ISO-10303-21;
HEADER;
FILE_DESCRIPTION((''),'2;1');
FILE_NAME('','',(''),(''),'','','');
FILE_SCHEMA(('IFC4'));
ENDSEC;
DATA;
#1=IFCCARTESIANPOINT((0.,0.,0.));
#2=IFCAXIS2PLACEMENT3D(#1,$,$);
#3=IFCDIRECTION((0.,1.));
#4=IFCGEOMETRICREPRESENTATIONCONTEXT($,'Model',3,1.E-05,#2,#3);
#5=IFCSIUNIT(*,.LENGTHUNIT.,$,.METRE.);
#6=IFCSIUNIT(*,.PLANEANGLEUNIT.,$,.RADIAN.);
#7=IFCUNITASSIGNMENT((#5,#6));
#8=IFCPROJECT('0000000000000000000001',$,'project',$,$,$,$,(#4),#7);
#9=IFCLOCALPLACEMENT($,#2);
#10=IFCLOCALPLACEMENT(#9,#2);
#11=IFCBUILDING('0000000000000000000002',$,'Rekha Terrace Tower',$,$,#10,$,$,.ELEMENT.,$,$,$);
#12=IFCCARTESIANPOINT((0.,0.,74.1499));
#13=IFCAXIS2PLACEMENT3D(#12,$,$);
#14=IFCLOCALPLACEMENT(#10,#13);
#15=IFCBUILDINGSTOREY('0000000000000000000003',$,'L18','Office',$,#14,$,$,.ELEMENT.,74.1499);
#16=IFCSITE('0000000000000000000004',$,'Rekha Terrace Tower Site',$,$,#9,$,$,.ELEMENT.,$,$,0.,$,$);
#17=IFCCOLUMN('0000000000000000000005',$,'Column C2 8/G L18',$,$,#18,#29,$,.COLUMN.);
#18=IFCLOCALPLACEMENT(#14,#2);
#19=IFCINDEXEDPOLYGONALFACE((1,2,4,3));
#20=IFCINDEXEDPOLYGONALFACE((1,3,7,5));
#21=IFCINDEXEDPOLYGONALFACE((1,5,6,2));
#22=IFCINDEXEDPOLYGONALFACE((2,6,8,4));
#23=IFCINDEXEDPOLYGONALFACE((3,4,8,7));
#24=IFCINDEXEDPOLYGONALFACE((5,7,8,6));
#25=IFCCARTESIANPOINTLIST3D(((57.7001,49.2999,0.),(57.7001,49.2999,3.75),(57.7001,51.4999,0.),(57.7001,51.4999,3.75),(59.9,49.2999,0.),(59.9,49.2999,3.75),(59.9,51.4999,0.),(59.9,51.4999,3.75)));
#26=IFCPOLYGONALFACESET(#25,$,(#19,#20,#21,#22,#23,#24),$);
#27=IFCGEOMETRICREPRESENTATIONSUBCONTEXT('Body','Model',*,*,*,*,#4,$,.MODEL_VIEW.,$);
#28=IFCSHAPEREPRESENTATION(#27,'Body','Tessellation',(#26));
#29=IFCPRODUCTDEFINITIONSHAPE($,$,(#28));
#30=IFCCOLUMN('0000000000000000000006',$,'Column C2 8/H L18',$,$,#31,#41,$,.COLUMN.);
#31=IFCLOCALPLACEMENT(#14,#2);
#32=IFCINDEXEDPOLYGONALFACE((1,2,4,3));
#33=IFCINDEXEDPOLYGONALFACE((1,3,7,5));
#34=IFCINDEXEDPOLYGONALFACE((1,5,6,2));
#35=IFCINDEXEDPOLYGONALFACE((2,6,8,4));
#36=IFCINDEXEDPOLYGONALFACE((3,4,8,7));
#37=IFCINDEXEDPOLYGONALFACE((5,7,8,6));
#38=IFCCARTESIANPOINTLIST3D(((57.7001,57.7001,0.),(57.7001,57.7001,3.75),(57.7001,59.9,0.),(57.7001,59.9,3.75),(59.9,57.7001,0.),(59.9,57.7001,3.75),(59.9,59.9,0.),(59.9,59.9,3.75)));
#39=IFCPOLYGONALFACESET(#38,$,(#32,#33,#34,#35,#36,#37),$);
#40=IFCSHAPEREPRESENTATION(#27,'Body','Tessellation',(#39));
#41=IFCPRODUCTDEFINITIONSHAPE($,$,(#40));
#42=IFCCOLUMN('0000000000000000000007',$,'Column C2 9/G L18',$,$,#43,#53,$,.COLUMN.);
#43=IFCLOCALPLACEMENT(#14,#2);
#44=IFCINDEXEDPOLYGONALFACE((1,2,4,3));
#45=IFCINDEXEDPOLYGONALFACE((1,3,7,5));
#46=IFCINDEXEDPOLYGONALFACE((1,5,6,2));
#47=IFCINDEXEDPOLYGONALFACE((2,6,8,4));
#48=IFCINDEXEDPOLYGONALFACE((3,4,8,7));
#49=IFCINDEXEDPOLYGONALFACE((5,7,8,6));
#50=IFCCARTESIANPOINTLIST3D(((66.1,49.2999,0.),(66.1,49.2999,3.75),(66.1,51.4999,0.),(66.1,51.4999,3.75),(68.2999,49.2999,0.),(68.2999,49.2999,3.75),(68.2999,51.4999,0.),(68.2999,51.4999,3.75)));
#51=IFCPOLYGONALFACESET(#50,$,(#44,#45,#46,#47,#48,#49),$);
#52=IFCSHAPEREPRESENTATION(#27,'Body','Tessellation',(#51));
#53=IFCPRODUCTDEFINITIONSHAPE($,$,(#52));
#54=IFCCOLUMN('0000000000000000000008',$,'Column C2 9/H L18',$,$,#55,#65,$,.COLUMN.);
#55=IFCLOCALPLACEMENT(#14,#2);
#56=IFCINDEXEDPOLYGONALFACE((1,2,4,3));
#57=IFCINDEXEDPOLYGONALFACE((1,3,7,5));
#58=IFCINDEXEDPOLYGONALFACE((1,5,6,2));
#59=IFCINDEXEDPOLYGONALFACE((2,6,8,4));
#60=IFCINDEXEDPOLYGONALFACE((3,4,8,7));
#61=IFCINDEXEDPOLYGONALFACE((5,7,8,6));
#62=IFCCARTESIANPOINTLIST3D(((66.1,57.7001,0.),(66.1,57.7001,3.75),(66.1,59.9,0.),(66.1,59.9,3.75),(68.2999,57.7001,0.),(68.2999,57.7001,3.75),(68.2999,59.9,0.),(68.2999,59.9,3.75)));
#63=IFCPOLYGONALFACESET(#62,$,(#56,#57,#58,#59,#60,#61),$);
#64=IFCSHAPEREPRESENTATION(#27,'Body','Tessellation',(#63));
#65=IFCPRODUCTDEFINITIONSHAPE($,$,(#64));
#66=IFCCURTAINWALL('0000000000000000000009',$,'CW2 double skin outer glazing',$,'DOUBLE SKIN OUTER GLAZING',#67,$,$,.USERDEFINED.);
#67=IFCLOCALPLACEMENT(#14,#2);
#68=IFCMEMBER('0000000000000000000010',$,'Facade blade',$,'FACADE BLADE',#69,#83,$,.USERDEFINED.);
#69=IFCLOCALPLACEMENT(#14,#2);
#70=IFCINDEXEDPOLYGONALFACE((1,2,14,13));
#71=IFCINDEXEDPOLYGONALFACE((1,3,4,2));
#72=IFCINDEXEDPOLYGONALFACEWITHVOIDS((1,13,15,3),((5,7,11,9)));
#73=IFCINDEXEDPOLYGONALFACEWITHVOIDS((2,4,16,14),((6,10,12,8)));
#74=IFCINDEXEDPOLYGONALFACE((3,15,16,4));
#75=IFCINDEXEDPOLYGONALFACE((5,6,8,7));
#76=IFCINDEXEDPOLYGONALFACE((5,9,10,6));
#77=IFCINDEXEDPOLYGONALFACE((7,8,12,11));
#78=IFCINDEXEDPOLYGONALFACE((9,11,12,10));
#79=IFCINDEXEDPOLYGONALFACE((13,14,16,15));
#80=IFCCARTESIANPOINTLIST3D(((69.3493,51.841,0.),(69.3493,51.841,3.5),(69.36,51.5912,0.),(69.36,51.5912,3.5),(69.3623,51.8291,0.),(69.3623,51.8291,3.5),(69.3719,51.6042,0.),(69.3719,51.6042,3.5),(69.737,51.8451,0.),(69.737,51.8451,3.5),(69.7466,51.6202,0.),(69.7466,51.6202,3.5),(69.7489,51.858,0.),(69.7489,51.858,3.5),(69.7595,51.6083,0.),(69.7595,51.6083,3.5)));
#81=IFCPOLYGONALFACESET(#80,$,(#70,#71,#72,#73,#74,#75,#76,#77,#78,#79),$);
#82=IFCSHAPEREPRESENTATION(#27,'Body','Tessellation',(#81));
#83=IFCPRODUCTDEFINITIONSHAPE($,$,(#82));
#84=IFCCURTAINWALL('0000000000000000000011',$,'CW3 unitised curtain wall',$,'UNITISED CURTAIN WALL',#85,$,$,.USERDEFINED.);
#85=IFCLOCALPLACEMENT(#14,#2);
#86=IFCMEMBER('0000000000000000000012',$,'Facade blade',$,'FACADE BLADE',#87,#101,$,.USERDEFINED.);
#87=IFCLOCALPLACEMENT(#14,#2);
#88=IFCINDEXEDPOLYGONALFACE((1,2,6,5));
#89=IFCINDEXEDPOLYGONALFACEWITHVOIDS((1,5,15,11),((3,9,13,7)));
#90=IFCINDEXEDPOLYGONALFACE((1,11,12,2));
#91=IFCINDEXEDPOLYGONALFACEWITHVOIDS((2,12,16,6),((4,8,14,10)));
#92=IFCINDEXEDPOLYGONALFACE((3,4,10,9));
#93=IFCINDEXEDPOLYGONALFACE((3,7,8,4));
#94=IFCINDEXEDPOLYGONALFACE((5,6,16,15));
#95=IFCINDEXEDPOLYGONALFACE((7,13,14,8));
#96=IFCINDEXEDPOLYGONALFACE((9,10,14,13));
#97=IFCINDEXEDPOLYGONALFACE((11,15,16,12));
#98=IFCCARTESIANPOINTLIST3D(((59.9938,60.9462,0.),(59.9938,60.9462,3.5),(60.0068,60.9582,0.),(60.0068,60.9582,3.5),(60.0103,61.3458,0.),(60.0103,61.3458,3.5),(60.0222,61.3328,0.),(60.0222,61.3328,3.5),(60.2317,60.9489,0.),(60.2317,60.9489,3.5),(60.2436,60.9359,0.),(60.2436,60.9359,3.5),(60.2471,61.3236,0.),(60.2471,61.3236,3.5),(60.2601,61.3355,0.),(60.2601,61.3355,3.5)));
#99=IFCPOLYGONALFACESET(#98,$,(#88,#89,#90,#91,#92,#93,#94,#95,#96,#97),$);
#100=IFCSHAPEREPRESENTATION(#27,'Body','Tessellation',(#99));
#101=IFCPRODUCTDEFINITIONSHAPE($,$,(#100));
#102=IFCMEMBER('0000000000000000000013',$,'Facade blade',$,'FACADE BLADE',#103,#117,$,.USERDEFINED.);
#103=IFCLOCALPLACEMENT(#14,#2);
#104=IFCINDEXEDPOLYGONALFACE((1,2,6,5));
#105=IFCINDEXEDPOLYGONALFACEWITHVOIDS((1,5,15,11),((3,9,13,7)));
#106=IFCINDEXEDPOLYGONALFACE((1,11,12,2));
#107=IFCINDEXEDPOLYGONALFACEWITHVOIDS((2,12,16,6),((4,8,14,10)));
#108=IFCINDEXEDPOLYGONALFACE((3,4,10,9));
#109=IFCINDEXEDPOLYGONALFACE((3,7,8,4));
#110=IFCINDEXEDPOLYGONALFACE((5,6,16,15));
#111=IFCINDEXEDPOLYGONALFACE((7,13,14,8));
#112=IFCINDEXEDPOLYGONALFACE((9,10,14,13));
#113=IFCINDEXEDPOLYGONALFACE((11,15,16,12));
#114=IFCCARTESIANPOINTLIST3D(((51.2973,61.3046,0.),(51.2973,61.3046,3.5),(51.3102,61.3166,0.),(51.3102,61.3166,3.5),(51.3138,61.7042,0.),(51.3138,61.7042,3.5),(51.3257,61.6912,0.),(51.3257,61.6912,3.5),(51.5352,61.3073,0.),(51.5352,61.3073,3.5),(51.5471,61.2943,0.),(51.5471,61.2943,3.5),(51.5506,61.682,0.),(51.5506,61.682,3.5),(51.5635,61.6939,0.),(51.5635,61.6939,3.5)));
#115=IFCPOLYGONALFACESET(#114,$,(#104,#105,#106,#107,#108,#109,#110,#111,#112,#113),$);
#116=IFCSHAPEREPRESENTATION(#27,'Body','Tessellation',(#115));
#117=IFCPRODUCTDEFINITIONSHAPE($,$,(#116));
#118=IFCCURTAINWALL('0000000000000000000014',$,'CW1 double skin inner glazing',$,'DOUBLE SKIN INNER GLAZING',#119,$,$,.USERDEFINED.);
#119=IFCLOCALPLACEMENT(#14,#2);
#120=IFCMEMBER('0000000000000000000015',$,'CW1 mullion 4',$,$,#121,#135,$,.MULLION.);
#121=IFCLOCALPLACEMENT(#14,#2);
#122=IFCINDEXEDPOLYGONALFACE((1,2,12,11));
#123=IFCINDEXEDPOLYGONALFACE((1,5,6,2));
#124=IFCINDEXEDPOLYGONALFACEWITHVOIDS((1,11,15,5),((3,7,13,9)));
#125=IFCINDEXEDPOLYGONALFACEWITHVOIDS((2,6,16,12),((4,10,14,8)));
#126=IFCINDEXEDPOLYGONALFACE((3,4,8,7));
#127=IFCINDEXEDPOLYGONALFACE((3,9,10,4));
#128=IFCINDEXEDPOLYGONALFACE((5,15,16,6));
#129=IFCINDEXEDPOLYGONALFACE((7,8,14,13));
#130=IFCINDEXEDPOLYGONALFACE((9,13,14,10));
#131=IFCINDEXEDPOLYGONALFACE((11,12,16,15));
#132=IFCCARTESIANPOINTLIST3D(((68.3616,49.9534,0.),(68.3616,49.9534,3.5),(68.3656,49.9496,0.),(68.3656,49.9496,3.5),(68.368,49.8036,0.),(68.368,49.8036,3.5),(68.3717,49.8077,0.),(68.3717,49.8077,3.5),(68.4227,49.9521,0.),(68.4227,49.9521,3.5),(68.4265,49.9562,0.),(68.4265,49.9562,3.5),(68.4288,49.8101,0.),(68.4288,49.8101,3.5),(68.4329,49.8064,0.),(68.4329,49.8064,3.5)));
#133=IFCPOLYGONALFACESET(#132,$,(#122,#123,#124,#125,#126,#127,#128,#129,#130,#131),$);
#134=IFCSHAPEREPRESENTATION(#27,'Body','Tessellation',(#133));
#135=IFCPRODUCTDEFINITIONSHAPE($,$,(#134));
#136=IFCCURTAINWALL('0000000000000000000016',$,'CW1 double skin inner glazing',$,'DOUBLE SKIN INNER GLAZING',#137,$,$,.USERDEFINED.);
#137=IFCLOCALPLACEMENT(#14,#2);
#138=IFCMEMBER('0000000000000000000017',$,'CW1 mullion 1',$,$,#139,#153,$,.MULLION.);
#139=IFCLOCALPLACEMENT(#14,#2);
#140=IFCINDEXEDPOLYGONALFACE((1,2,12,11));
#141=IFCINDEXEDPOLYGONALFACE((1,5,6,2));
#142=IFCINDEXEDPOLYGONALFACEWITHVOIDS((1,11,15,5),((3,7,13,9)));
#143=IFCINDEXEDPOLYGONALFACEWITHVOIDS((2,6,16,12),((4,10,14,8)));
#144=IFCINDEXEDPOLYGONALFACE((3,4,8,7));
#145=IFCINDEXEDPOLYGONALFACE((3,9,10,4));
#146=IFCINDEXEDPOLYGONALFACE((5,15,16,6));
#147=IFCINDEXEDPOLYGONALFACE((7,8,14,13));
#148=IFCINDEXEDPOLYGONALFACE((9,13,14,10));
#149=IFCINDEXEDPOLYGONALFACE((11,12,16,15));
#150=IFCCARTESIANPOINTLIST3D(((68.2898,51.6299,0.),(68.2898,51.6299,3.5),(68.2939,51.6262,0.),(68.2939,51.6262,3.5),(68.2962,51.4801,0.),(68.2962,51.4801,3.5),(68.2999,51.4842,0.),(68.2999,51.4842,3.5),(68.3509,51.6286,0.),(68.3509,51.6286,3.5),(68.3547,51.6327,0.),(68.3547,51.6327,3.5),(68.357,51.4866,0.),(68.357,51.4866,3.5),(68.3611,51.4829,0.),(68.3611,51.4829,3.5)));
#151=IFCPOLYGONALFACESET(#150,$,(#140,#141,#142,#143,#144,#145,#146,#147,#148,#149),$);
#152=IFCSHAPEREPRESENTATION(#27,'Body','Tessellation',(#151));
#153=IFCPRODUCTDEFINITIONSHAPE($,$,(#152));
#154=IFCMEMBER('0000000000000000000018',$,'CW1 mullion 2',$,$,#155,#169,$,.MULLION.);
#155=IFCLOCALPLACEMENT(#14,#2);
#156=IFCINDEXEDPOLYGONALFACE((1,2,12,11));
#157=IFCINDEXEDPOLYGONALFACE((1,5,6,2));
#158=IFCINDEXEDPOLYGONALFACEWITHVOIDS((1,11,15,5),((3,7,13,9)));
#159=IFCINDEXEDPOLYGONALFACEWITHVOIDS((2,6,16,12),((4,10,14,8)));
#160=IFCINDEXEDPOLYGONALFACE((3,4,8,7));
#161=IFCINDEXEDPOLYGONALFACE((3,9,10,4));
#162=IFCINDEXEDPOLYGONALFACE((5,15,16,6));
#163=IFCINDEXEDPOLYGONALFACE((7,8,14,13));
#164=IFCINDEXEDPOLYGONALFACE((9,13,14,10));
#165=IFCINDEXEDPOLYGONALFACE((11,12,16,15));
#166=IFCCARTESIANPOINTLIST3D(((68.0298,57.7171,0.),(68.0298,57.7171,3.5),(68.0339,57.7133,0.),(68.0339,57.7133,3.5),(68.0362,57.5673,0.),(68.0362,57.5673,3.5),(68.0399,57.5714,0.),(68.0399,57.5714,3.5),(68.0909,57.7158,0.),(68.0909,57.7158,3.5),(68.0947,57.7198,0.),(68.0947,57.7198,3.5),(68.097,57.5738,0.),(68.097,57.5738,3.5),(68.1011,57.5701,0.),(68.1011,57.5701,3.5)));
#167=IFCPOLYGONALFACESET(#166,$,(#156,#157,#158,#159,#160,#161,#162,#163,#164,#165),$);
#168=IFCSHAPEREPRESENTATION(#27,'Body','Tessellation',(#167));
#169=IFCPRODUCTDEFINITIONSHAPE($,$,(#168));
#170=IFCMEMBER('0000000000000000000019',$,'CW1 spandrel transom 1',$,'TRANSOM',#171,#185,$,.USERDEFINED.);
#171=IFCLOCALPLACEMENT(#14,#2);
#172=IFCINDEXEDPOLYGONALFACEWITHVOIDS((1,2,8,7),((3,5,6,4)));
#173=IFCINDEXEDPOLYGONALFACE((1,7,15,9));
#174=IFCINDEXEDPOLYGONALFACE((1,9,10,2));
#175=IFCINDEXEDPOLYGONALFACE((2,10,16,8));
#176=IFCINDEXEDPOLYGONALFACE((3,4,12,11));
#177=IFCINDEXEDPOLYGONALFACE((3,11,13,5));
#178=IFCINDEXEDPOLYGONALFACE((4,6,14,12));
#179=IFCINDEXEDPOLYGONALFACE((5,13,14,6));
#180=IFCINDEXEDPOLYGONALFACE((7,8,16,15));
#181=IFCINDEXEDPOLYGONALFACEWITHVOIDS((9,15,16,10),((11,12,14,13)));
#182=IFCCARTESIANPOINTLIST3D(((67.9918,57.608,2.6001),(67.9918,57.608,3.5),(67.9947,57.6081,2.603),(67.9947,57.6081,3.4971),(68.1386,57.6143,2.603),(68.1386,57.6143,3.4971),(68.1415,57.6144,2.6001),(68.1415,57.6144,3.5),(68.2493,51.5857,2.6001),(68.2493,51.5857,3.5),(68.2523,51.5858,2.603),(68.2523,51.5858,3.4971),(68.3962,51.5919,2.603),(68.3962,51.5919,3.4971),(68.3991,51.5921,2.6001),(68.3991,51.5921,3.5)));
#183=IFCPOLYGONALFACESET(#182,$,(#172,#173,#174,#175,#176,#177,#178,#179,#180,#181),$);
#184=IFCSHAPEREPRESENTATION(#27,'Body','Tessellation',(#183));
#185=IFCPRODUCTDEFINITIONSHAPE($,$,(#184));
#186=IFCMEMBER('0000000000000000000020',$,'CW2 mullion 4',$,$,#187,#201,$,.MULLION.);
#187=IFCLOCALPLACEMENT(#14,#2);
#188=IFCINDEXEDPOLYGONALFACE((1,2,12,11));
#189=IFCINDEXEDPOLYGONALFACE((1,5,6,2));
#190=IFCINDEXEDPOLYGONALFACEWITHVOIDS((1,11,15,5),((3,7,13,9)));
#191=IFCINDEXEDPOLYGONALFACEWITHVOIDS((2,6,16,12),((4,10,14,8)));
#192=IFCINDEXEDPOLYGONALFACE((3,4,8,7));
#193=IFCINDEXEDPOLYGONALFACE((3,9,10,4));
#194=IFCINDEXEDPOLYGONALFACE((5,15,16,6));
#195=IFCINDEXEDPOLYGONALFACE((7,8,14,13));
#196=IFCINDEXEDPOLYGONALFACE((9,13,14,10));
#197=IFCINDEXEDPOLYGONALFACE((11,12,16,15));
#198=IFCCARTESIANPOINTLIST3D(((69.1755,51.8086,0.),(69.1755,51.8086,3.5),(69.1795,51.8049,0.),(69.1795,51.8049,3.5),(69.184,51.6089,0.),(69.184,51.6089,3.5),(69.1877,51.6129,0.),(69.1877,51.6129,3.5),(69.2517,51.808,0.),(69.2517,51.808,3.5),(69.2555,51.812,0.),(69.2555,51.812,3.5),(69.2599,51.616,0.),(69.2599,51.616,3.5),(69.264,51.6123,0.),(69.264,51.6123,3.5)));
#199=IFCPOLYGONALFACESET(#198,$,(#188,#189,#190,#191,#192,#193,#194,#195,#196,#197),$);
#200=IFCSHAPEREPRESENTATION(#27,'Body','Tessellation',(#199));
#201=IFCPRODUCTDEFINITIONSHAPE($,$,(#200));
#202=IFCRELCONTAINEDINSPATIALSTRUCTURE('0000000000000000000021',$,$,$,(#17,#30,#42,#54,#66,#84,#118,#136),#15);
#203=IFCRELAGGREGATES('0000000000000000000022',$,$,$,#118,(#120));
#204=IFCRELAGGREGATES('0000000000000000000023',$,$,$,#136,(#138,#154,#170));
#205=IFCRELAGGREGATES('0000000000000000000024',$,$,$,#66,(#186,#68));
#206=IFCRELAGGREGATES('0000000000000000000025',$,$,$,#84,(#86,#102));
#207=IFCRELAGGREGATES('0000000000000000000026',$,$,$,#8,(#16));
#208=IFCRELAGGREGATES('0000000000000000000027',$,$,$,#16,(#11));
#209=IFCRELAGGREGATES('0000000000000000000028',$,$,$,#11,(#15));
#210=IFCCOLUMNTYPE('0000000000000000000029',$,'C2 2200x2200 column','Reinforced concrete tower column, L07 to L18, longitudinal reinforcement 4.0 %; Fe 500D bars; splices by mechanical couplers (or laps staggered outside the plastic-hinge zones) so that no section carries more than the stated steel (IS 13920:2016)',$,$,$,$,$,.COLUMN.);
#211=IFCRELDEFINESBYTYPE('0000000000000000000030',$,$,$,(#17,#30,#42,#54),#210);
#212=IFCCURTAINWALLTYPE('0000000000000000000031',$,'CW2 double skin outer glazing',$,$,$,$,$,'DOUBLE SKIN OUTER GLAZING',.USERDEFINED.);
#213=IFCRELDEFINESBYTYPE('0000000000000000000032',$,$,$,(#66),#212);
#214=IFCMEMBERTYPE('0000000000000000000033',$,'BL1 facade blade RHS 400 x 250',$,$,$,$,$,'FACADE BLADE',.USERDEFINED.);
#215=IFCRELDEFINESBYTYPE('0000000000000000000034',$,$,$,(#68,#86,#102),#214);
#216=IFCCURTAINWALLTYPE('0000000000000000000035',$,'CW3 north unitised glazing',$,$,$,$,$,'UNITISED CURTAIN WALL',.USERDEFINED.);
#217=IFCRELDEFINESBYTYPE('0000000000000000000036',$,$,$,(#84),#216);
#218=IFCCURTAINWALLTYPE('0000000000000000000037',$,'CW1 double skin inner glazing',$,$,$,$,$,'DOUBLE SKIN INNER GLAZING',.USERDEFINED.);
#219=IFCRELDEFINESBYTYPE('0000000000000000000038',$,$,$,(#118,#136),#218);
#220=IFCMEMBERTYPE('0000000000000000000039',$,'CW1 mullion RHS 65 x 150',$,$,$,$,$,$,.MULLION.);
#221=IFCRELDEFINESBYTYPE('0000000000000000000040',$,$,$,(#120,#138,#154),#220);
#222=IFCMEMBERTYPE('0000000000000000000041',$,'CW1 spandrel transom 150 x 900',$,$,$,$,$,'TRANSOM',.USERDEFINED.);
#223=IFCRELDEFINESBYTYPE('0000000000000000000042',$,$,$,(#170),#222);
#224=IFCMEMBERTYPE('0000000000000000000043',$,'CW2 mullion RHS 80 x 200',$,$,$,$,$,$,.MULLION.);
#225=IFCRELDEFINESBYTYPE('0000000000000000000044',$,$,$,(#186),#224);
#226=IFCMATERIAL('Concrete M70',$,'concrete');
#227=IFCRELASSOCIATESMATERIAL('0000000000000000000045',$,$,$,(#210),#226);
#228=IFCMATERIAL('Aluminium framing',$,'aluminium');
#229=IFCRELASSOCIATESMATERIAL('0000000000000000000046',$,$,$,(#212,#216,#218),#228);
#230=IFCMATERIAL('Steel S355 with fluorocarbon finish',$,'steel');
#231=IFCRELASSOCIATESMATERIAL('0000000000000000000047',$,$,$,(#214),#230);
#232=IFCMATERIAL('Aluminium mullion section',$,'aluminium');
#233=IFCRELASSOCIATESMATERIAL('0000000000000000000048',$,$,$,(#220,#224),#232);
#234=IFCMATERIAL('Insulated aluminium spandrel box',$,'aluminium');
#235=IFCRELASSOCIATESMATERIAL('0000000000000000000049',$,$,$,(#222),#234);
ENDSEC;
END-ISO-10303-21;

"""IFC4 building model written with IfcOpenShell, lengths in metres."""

from ifc_helpers import new_model, si_unit, direction, frame, origin, origin_2d, place, context, subcontext, project, spatial, rectangle, hollow_rectangle, extrude, material, material_profile, profile_set, type_object, element, aggregate, save


model = new_model("IFC4")

# Units and contexts
model_context = context("Model", 3, precision=1e-05, world=origin(), true_north=direction((0.0, 1.0)))
body_context = subcontext(model_context, "Body", "Model", "MODEL_VIEW")
ifc_project = project(units=[si_unit("LENGTHUNIT", "METRE"), si_unit("PLANEANGLEUNIT", "RADIAN")], contexts=[model_context])

# Site, building, storey
site_placement = place(None, origin())
site = spatial("IfcSite", under=ifc_project, at=site_placement, Name="Rekha Terrace Tower Site", CompositionType="ELEMENT", RefElevation=0.0)
building_placement = place(site_placement, origin())
building = spatial("IfcBuilding", under=site, at=building_placement, Name="Rekha Terrace Tower", CompositionType="ELEMENT")
storey_placement = place(building_placement, frame((0.0, 0.0, 74.1499)))
storey = spatial("IfcBuildingStorey", under=building, at=storey_placement, Name="L18", Description="Office", CompositionType="ELEMENT", Elevation=74.1499)

# Columns
ifc_material_1 = material(Name="Concrete M70", Category="concrete")
ifc_material_profile_1 = material_profile(ifc_material_1, rectangle(XDim=2.2, YDim=2.2, at=origin_2d()), Name="RC 2200x2200")
ifc_profile_set_1 = profile_set([ifc_material_profile_1], Name="Concrete M70")
column_type = type_object("IfcColumnType", Name="C2 2200x2200 column", Description="Reinforced concrete tower column, L07 to L18, longitudinal reinforcement 4.0 %; Fe 500D bars; splices by mechanical couplers (or laps staggered outside the plastic-hinge zones) so that no section carries more than the stated steel (IS 13920:2016)", PredefinedType="COLUMN", material=ifc_profile_set_1)
for number, where, z_axis, x_axis, name in (
    (1, (58.8, 50.3999, 0.0), (0.0, 0.0, 1.0), (1.0, 0.0, 0.0), "Column C2 8/G L18"),
    (2, (58.8, 58.8, 0.0), (0.0, 0.0, 1.0), (1.0, 0.0, 0.0), "Column C2 8/H L18"),
    (3, (67.2, 50.3999, 0.0), (0.0, 0.0, 1.0), (1.0, 0.0, 0.0), "Column C2 9/G L18"),
    (4, (67.2, 58.8, 0.0), (0.0, 0.0, 1.0), (1.0, 0.0, 0.0), "Column C2 9/H L18"),
):
    element("IfcColumn", number, at=place(storey_placement, frame(where, z_axis=z_axis, x_axis=x_axis)), inside=storey, type_object=column_type, Name=name, PredefinedType="COLUMN", context=body_context, shape_type="SweptSolid", body=[
        extrude(rectangle(XDim=2.2, YDim=2.2, at=origin_2d()), origin(), (0.0, 0.0, 1.0), 3.75),
    ])

# Curtain wall, member
ifc_material_2 = material(Name="Aluminium framing", Category="aluminium")
curtain_wall_type_1 = type_object("IfcCurtainWallType", Name="CW2 double skin outer glazing", ElementType="DOUBLE SKIN OUTER GLAZING", PredefinedType="USERDEFINED", material=ifc_material_2)
curtain_wall_1_placement = place(storey_placement, origin())
curtain_wall_1 = element("IfcCurtainWall", 5, at=curtain_wall_1_placement, inside=storey, type_object=curtain_wall_type_1, Name="CW2 double skin outer glazing", ObjectType="DOUBLE SKIN OUTER GLAZING", PredefinedType="USERDEFINED")
ifc_material_3 = material(Name="Steel S355 with fluorocarbon finish", Category="steel")
ifc_material_profile_2 = material_profile(ifc_material_3, hollow_rectangle(XDim=0.25, YDim=0.3999, WallThickness=0.0125, at=origin_2d()), Name="RHS400x250x12.5")
ifc_profile_set_2 = profile_set([ifc_material_profile_2], Name="Steel S355 with fluorocarbon finish")
member_type_1 = type_object("IfcMemberType", Name="BL1 facade blade RHS 400 x 250", ElementType="FACADE BLADE", PredefinedType="USERDEFINED", material=ifc_profile_set_2)
member_1_placement = place(storey_placement, frame((69.5544, 51.7246, 0.0), z_axis=(0.0, 0.0, 1.0), x_axis=(-0.042695, 0.999088, 0.0)))
member_1 = element("IfcMember", 6, at=member_1_placement, type_object=member_type_1, Name="Facade blade", ObjectType="FACADE BLADE", PredefinedType="USERDEFINED", context=body_context, shape_type="SweptSolid", body=[
    extrude(hollow_rectangle(XDim=0.25, YDim=0.3999, WallThickness=0.0125, at=origin_2d()), origin(), (0.0, 0.0, 1.0), 3.5),
])

# Curtain wall, members
curtain_wall_type_2 = type_object("IfcCurtainWallType", Name="CW3 north unitised glazing", ElementType="UNITISED CURTAIN WALL", PredefinedType="USERDEFINED", material=ifc_material_2)
curtain_wall_2_placement = place(storey_placement, origin())
curtain_wall_2 = element("IfcCurtainWall", 7, at=curtain_wall_2_placement, inside=storey, type_object=curtain_wall_type_2, Name="CW3 unitised curtain wall", ObjectType="UNITISED CURTAIN WALL", PredefinedType="USERDEFINED")
member_2_placement = place(storey_placement, frame((60.127, 61.1409, 0.0), z_axis=(0.0, 0.0, 1.0), x_axis=(-0.999152, 0.041175, 0.0)))
member_2 = element("IfcMember", 8, at=member_2_placement, type_object=member_type_1, Name="Facade blade", ObjectType="FACADE BLADE", PredefinedType="USERDEFINED", context=body_context, shape_type="SweptSolid", body=[
    extrude(hollow_rectangle(XDim=0.25, YDim=0.3999, WallThickness=0.0125, at=origin_2d()), origin(), (0.0, 0.0, 1.0), 3.5),
])
member_3_placement = place(storey_placement, frame((51.4304, 61.4993, 0.0), z_axis=(0.0, 0.0, 1.0), x_axis=(-0.999152, 0.041175, 0.0)))
member_3 = element("IfcMember", 9, at=member_3_placement, type_object=member_type_1, Name="Facade blade", ObjectType="FACADE BLADE", PredefinedType="USERDEFINED", context=body_context, shape_type="SweptSolid", body=[
    extrude(hollow_rectangle(XDim=0.25, YDim=0.3999, WallThickness=0.0125, at=origin_2d()), origin(), (0.0, 0.0, 1.0), 3.5),
])

# Curtain wall, member
curtain_wall_type_3 = type_object("IfcCurtainWallType", Name="CW1 double skin inner glazing", ElementType="DOUBLE SKIN INNER GLAZING", PredefinedType="USERDEFINED", material=ifc_material_2)
curtain_wall_3_placement = place(storey_placement, origin())
curtain_wall_3 = element("IfcCurtainWall", 10, at=curtain_wall_3_placement, inside=storey, type_object=curtain_wall_type_3, Name="CW1 double skin inner glazing", ObjectType="DOUBLE SKIN INNER GLAZING", PredefinedType="USERDEFINED")
ifc_material_4 = material(Name="Aluminium mullion section", Category="aluminium")
ifc_material_profile_3 = material_profile(ifc_material_4, hollow_rectangle(XDim=0.0649, YDim=0.1499, WallThickness=0.0039, at=origin_2d()), Name="AL RHS 65x150")
ifc_profile_set_3 = profile_set([ifc_material_profile_3], Name="Aluminium mullion section")
member_type_2 = type_object("IfcMemberType", Name="CW1 mullion RHS 65 x 150", PredefinedType="MULLION", material=ifc_profile_set_3)
member_4_placement = place(storey_placement, frame((68.3972, 49.8799, 0.0), z_axis=(0.0, 0.0, 1.0), x_axis=(-0.999088, -0.042696, 0.0)))
member_4 = element("IfcMember", 11, at=member_4_placement, type_object=member_type_2, Name="CW1 mullion 4", PredefinedType="MULLION", context=body_context, shape_type="SweptSolid", body=[
    extrude(hollow_rectangle(XDim=0.0649, YDim=0.1499, WallThickness=0.0039, at=origin_2d()), origin(), (0.0, 0.0, 1.0), 3.5),
])
aggregate(curtain_wall_3, [member_4])

# Curtain wall, members
curtain_wall_4_placement = place(storey_placement, origin())
curtain_wall_4 = element("IfcCurtainWall", 12, at=curtain_wall_4_placement, inside=storey, type_object=curtain_wall_type_3, Name="CW1 double skin inner glazing", ObjectType="DOUBLE SKIN INNER GLAZING", PredefinedType="USERDEFINED")
member_5_placement = place(storey_placement, frame((68.3254, 51.5564, 0.0), z_axis=(0.0, 0.0, 1.0), x_axis=(-0.999088, -0.042696, 0.0)))
member_5 = element("IfcMember", 13, at=member_5_placement, type_object=member_type_2, Name="CW1 mullion 1", PredefinedType="MULLION", context=body_context, shape_type="SweptSolid", body=[
    extrude(hollow_rectangle(XDim=0.0649, YDim=0.1499, WallThickness=0.0039, at=origin_2d()), origin(), (0.0, 0.0, 1.0), 3.5),
])
member_6_placement = place(storey_placement, frame((68.0654, 57.6436, 0.0), z_axis=(0.0, 0.0, 1.0), x_axis=(-0.999088, -0.042696, 0.0)))
member_6 = element("IfcMember", 14, at=member_6_placement, type_object=member_type_2, Name="CW1 mullion 2", PredefinedType="MULLION", context=body_context, shape_type="SweptSolid", body=[
    extrude(hollow_rectangle(XDim=0.0649, YDim=0.1499, WallThickness=0.0039, at=origin_2d()), origin(), (0.0, 0.0, 1.0), 3.5),
])
ifc_material_5 = material(Name="Insulated aluminium spandrel box", Category="aluminium")
ifc_material_profile_4 = material_profile(ifc_material_5, hollow_rectangle(XDim=0.1499, YDim=0.8999, WallThickness=0.0029, at=origin_2d()), Name="AL SPANDREL BOX 150x900")
ifc_profile_set_4 = profile_set([ifc_material_profile_4], Name="Insulated aluminium spandrel box")
member_type_3 = type_object("IfcMemberType", Name="CW1 spandrel transom 150 x 900", ElementType="TRANSOM", PredefinedType="USERDEFINED", material=ifc_profile_set_4)
member_7_placement = place(storey_placement, frame((68.3242, 51.5889, 3.05), z_axis=(-0.042731, 0.999087, 0.0), x_axis=(-0.999087, -0.042731, 0.0)))
member_7 = element("IfcMember", 15, at=member_7_placement, type_object=member_type_3, Name="CW1 spandrel transom 1", ObjectType="TRANSOM", PredefinedType="USERDEFINED", context=body_context, shape_type="SweptSolid", body=[
    extrude(hollow_rectangle(XDim=0.1499, YDim=0.8999, WallThickness=0.0029, at=origin_2d()), origin(), (0.0, 0.0, 1.0), 6.0278),
])

# Member
ifc_material_profile_5 = material_profile(ifc_material_4, hollow_rectangle(XDim=0.0801, YDim=0.2, WallThickness=0.0039, at=origin_2d()), Name="AL RHS 80x200")
ifc_profile_set_5 = profile_set([ifc_material_profile_5], Name="Aluminium mullion section")
member_type_4 = type_object("IfcMemberType", Name="CW2 mullion RHS 80 x 200", PredefinedType="MULLION", material=ifc_profile_set_5)
member_8_placement = place(storey_placement, frame((69.2197, 51.7104, 0.0), z_axis=(0.0, 0.0, 1.0), x_axis=(-0.999088, -0.042696, 0.0)))
member_8 = element("IfcMember", 16, at=member_8_placement, type_object=member_type_4, Name="CW2 mullion 4", PredefinedType="MULLION", context=body_context, shape_type="SweptSolid", body=[
    extrude(hollow_rectangle(XDim=0.0801, YDim=0.2, WallThickness=0.0039, at=origin_2d()), origin(), (0.0, 0.0, 1.0), 3.5),
])

aggregate(curtain_wall_4, [member_5, member_6, member_7])
aggregate(curtain_wall_1, [member_8, member_1])
aggregate(curtain_wall_2, [member_2, member_3])

save(model, "model.ifc")
